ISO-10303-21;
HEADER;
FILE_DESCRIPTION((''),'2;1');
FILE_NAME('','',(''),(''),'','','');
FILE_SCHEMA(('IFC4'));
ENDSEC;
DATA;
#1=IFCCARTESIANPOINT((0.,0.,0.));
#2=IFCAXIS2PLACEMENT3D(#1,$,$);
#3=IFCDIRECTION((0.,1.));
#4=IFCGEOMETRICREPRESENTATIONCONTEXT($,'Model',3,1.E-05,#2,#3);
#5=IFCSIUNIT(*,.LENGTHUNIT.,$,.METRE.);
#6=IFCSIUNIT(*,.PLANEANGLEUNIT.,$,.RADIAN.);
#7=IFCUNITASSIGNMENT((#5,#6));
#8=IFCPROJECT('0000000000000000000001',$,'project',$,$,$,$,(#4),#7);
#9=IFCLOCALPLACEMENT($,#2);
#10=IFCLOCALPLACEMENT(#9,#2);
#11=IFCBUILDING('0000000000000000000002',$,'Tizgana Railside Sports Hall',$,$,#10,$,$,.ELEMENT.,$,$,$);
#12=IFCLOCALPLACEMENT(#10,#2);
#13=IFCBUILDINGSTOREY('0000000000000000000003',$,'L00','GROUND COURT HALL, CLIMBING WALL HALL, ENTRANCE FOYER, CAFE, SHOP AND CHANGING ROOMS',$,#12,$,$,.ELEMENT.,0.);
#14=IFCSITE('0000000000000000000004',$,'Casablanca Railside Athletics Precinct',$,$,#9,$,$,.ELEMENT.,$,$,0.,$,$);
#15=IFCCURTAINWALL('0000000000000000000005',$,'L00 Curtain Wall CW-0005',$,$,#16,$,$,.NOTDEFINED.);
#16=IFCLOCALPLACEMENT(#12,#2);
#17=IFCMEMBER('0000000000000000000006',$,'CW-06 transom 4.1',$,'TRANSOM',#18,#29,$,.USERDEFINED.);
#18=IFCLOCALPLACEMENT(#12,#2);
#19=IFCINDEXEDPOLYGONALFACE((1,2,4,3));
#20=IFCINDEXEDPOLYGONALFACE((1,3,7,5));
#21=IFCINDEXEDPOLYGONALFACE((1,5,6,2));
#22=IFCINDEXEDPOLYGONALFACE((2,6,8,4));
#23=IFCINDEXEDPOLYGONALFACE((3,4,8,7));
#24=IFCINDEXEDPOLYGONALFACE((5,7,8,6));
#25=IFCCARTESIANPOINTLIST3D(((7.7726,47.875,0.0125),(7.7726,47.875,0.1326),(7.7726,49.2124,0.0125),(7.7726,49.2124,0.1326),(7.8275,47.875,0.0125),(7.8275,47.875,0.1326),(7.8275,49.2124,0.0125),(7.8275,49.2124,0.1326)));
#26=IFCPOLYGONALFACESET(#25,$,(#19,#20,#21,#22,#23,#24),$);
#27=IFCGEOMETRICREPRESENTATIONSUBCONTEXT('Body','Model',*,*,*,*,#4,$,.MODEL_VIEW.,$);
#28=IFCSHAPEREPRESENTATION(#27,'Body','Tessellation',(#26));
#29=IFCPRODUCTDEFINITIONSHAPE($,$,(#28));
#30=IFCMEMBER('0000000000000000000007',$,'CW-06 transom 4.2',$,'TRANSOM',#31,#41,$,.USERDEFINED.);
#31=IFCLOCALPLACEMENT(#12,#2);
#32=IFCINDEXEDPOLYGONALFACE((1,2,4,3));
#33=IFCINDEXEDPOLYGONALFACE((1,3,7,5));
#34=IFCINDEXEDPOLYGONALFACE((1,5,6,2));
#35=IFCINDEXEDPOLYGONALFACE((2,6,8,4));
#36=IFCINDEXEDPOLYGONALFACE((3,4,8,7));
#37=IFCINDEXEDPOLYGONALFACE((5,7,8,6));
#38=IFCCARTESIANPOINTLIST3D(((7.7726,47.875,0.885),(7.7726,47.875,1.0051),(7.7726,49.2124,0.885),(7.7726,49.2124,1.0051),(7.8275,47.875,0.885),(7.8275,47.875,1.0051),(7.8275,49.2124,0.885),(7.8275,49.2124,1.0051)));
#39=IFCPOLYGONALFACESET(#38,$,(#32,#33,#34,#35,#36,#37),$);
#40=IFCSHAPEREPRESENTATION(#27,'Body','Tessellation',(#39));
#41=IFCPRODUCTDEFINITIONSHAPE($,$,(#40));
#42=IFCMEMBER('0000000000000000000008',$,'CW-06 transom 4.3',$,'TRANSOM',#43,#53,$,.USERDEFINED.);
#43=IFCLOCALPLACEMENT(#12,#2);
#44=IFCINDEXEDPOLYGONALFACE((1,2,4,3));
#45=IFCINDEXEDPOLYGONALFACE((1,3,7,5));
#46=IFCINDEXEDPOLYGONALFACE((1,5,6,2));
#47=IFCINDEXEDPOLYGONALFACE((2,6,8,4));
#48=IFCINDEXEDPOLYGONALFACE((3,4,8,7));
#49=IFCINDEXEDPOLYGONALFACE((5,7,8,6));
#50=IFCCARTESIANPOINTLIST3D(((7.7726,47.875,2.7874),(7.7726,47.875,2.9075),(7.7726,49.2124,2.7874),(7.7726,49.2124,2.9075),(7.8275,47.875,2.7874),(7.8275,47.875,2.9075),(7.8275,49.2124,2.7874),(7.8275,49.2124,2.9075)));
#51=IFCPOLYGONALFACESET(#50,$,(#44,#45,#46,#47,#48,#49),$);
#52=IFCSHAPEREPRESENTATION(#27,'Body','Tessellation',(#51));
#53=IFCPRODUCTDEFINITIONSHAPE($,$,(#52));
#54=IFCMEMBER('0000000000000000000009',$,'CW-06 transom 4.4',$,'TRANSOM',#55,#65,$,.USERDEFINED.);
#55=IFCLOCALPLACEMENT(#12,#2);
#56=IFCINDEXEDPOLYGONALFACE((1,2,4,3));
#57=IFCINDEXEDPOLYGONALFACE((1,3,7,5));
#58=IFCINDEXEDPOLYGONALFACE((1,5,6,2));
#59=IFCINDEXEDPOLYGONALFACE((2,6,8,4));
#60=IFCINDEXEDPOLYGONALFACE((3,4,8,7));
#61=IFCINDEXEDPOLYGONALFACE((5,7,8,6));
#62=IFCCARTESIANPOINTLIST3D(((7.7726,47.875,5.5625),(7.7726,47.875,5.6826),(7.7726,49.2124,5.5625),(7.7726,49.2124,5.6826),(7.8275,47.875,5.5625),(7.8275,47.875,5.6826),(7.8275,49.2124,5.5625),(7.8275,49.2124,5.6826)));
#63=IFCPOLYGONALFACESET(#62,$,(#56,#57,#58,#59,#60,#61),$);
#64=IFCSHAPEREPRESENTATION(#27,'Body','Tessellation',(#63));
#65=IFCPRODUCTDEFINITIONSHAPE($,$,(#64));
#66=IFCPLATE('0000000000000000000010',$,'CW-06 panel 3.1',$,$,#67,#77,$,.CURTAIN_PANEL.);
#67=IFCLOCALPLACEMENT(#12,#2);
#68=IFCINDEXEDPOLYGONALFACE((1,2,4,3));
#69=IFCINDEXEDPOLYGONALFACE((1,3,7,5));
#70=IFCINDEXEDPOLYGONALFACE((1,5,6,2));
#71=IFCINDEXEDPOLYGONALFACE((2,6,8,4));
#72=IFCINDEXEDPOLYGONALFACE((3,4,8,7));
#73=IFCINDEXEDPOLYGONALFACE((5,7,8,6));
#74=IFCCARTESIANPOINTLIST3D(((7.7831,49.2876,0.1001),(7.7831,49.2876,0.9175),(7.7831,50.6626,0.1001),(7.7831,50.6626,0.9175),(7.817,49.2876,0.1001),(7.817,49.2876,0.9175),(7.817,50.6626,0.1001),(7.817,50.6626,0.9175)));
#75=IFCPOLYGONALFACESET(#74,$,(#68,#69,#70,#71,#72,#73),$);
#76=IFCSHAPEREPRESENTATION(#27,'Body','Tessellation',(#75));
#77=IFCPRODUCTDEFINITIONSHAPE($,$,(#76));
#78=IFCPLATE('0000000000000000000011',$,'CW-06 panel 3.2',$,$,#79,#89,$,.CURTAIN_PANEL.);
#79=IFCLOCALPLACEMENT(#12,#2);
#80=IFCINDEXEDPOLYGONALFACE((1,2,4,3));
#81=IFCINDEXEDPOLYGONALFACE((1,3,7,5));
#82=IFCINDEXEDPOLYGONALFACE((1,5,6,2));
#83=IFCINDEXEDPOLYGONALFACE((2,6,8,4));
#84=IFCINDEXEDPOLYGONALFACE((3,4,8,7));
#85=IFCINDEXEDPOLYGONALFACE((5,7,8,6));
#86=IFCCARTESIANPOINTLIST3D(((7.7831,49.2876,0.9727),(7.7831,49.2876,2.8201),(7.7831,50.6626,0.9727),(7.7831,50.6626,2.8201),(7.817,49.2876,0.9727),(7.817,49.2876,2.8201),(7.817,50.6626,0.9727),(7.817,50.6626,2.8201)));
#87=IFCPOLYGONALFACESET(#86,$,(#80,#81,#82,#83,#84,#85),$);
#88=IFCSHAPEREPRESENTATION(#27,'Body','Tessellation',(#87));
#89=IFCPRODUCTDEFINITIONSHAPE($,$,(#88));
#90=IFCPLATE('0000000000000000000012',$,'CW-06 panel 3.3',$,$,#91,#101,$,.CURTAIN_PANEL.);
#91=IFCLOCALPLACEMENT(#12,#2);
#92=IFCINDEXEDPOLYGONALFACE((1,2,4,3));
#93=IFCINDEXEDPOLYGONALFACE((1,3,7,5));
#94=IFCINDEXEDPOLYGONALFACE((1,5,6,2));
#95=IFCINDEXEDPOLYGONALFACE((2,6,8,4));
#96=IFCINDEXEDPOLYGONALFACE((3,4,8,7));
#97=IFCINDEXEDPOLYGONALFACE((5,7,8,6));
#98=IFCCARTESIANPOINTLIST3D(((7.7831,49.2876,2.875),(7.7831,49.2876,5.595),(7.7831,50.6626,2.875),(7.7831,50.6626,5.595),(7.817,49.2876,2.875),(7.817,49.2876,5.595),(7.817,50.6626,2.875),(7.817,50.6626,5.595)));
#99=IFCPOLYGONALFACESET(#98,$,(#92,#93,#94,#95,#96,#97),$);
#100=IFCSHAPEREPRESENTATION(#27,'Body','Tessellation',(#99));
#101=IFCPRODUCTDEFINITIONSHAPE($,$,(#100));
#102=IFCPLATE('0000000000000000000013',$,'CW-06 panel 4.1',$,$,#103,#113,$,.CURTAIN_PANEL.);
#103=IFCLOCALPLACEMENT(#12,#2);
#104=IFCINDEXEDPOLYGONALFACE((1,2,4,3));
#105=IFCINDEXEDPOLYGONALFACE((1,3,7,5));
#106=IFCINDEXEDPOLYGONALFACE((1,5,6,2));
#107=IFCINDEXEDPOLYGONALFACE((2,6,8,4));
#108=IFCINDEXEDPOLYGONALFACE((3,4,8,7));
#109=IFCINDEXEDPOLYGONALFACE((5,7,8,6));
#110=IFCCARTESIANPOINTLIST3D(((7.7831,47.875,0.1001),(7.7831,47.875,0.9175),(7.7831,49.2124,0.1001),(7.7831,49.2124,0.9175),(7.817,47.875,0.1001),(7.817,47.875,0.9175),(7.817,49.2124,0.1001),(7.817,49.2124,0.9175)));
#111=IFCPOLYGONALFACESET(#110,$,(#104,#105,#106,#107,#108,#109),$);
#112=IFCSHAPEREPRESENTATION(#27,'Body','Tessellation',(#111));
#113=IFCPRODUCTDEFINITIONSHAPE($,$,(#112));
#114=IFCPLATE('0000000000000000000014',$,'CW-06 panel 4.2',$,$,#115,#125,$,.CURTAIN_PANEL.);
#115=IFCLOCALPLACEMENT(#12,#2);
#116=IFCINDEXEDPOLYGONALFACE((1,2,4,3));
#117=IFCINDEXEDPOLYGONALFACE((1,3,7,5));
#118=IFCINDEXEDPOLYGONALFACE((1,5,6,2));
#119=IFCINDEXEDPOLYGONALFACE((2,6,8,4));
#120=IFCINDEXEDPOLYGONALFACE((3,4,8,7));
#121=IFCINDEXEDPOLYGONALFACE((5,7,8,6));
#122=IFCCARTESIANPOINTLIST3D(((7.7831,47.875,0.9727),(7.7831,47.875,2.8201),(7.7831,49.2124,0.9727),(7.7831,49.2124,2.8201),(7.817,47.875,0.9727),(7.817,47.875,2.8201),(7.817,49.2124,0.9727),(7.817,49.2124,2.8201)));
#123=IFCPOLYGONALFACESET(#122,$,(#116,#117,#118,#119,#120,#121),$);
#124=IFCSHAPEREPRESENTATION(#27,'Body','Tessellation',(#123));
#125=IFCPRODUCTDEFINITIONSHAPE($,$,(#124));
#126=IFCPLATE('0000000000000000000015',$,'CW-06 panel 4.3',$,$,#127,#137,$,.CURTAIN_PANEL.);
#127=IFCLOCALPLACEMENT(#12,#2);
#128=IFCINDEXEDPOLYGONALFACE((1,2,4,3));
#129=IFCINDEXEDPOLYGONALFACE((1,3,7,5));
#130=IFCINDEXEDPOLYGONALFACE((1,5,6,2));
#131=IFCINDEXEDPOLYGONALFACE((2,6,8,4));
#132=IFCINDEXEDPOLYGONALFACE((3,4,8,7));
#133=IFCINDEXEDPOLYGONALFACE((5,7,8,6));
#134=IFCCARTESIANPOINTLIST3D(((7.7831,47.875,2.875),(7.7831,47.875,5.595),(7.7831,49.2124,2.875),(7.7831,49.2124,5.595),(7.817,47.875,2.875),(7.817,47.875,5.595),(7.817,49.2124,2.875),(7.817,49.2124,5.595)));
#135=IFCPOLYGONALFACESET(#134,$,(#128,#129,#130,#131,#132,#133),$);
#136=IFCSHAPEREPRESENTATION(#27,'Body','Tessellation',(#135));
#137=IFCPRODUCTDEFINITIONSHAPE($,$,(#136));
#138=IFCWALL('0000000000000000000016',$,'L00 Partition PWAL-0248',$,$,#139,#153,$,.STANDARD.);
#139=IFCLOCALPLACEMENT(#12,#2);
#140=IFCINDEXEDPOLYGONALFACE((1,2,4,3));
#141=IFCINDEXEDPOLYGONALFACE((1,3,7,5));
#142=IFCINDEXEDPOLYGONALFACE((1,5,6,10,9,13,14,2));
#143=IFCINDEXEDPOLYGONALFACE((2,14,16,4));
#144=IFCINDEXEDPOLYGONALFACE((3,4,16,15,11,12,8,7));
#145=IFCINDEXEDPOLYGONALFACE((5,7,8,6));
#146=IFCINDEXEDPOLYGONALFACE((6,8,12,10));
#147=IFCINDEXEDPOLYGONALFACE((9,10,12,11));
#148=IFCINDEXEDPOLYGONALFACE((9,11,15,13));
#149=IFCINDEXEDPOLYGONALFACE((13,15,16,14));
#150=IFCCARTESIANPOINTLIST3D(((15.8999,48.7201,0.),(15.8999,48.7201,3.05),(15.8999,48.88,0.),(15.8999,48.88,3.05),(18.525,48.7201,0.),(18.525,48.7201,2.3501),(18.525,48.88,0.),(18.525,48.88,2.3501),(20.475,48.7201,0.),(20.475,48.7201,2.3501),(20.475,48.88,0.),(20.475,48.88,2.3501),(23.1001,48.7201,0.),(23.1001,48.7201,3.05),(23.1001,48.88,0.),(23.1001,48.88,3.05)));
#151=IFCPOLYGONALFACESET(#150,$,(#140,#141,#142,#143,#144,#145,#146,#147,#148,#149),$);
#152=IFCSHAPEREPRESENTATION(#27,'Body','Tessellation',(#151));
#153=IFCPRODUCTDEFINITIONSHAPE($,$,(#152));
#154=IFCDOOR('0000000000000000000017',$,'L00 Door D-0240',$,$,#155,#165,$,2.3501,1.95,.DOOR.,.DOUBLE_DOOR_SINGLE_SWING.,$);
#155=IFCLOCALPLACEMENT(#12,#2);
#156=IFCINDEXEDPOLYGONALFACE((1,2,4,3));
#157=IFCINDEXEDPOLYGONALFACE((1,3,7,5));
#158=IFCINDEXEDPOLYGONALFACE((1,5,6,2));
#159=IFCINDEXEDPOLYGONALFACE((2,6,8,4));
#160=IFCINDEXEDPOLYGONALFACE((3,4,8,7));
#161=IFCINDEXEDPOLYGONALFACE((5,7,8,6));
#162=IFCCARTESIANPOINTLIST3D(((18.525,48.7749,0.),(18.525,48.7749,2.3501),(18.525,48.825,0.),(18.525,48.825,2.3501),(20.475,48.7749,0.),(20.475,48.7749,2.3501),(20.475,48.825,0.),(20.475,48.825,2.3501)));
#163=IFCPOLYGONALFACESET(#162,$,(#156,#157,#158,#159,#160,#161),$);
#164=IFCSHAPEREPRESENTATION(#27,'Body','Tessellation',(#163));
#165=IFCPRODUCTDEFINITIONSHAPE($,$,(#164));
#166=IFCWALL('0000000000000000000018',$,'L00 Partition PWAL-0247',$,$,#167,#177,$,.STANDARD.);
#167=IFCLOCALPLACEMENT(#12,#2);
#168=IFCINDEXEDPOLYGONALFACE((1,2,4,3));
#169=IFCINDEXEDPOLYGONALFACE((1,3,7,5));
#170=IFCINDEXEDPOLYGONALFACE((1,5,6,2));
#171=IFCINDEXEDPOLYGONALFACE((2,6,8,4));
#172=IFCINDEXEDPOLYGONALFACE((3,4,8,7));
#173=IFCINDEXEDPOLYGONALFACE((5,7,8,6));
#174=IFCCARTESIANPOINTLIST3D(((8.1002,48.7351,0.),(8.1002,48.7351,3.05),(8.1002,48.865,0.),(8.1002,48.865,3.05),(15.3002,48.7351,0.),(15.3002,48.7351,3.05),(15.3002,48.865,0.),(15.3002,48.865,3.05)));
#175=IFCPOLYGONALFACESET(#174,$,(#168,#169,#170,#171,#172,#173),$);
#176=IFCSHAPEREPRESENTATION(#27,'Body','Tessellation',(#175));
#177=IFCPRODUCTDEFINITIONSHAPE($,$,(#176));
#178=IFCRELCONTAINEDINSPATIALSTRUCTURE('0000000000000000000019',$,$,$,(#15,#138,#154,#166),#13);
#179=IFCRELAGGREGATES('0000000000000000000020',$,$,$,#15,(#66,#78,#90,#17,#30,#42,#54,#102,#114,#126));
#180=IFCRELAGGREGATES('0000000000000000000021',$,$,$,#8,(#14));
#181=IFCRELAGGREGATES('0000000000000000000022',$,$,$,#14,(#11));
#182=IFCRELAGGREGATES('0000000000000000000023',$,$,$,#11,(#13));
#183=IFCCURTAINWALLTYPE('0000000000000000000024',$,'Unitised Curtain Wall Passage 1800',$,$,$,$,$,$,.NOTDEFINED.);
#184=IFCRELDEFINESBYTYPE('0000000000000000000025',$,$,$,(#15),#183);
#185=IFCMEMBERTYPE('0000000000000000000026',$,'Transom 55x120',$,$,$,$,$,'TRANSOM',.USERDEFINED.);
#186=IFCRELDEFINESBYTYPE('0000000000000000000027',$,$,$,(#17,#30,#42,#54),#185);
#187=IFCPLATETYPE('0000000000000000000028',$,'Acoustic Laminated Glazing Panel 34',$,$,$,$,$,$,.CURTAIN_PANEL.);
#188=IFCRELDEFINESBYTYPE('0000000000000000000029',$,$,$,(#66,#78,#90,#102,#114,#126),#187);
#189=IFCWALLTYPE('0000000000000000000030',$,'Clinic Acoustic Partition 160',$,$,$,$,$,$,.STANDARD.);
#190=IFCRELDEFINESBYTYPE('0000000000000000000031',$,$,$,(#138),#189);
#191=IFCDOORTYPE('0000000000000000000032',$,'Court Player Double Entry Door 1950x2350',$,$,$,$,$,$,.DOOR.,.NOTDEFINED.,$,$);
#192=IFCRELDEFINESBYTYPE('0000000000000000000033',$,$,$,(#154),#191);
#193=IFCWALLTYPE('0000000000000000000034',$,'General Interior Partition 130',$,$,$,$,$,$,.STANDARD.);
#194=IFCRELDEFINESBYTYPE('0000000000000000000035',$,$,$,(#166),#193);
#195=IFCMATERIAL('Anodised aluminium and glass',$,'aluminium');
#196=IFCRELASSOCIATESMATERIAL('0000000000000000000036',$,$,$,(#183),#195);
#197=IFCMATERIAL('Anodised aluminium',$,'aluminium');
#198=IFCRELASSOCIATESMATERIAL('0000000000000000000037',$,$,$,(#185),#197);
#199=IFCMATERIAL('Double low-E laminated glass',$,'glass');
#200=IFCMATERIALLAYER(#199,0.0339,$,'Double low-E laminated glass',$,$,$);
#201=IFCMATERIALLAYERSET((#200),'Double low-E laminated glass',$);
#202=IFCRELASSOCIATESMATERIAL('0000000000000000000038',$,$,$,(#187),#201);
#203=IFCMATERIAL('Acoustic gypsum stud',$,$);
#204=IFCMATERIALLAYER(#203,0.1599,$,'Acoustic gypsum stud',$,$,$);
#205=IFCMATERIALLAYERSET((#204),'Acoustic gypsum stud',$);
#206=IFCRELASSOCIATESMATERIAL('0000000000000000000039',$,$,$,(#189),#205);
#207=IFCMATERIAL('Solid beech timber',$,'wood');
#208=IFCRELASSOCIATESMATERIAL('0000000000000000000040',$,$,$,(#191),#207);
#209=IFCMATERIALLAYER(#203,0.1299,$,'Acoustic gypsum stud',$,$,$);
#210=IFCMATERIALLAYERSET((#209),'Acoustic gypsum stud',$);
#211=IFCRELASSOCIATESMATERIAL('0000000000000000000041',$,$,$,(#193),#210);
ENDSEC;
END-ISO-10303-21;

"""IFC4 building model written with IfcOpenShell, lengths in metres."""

from ifc_helpers import new_model, si_unit, direction, frame, frame_2d, origin, origin_2d, place, context, subcontext, project, spatial, rectangle, extrude, material, layer, layer_set, material_profile, profile_set, type_object, element, fill, aggregate, save


model = new_model("IFC4")

# Units and contexts
model_context = context("Model", 3, precision=1e-05, world=origin(), true_north=direction((0.0, 1.0)))
body_context = subcontext(model_context, "Body", "Model", "MODEL_VIEW")
ifc_project = project(units=[si_unit("LENGTHUNIT", "METRE"), si_unit("PLANEANGLEUNIT", "RADIAN")], contexts=[model_context])

# Site, building, storey
site_placement = place(None, origin())
site = spatial("IfcSite", under=ifc_project, at=site_placement, Name="Casablanca Railside Athletics Precinct", CompositionType="ELEMENT", RefElevation=0.0)
building_placement = place(site_placement, origin())
building = spatial("IfcBuilding", under=site, at=building_placement, Name="Tizgana Railside Sports Hall", CompositionType="ELEMENT")
storey_placement = place(building_placement, origin())
storey = spatial("IfcBuildingStorey", under=building, at=storey_placement, Name="L00", Description="GROUND COURT HALL, CLIMBING WALL HALL, ENTRANCE FOYER, CAFE, SHOP AND CHANGING ROOMS", CompositionType="ELEMENT", Elevation=0.0)

# Shared definitions
ifc_material_1 = material(Name="Anodised aluminium and glass", Category="aluminium")
ifc_material_2 = material(Name="Anodised aluminium", Category="aluminium")

# Curtain wall
curtain_wall_type_1 = type_object("IfcCurtainWallType", Name="Unitised Curtain Wall Passage 1800", PredefinedType="NOTDEFINED", material=ifc_material_1)
curtain_wall_1_placement = place(storey_placement, origin())
curtain_wall_1 = element("IfcCurtainWall", 1, at=curtain_wall_1_placement, inside=storey, type_object=curtain_wall_type_1, Name="L00 Curtain Wall CW-0005", PredefinedType="NOTDEFINED")

# Members
ifc_material_profile_1 = material_profile(ifc_material_2, rectangle(XDim=0.0549, YDim=0.1201, at=origin_2d()), Name="Transom 55x120")
ifc_profile_set_1 = profile_set([ifc_material_profile_1], Name="Anodised aluminium")
member_type_1 = type_object("IfcMemberType", Name="Transom 55x120", ElementType="TRANSOM", PredefinedType="USERDEFINED", material=ifc_profile_set_1)
member_1_placement = place(storey_placement, frame((7.8, 49.2124, 0.0725), z_axis=(0.0, -1.0, 0.0), x_axis=(1.0, 0.0, 0.0)))
member_1 = element("IfcMember", 2, at=member_1_placement, type_object=member_type_1, Name="CW-06 transom 4.1", ObjectType="TRANSOM", PredefinedType="USERDEFINED", context=body_context, shape_type="SweptSolid", body=[
    extrude(rectangle(XDim=0.0549, YDim=0.1201, at=origin_2d()), origin(), (0.0, 0.0, 1.0), 1.3374),
])
member_2_placement = place(storey_placement, frame((7.8, 49.2124, 0.9451), z_axis=(0.0, -1.0, 0.0), x_axis=(1.0, 0.0, 0.0)))
member_2 = element("IfcMember", 3, at=member_2_placement, type_object=member_type_1, Name="CW-06 transom 4.2", ObjectType="TRANSOM", PredefinedType="USERDEFINED", context=body_context, shape_type="SweptSolid", body=[
    extrude(rectangle(XDim=0.0549, YDim=0.1201, at=origin_2d()), origin(), (0.0, 0.0, 1.0), 1.3374),
])
member_3_placement = place(storey_placement, frame((7.8, 49.2124, 2.8474), z_axis=(0.0, -1.0, 0.0), x_axis=(1.0, 0.0, 0.0)))
member_3 = element("IfcMember", 4, at=member_3_placement, type_object=member_type_1, Name="CW-06 transom 4.3", ObjectType="TRANSOM", PredefinedType="USERDEFINED", context=body_context, shape_type="SweptSolid", body=[
    extrude(rectangle(XDim=0.0549, YDim=0.1201, at=origin_2d()), origin(), (0.0, 0.0, 1.0), 1.3374),
])
member_4_placement = place(storey_placement, frame((7.8, 49.2124, 5.6226), z_axis=(0.0, -1.0, 0.0), x_axis=(1.0, 0.0, 0.0)))
member_4 = element("IfcMember", 5, at=member_4_placement, type_object=member_type_1, Name="CW-06 transom 4.4", ObjectType="TRANSOM", PredefinedType="USERDEFINED", context=body_context, shape_type="SweptSolid", body=[
    extrude(rectangle(XDim=0.0549, YDim=0.1201, at=origin_2d()), origin(), (0.0, 0.0, 1.0), 1.3374),
])

# Plates
ifc_material_3 = material(Name="Double low-E laminated glass", Category="glass")
ifc_layer_1 = layer(ifc_material_3, 0.0339, Name="Double low-E laminated glass")
ifc_layer_set_1 = layer_set([ifc_layer_1], Name="Double low-E laminated glass")
plate_type = type_object("IfcPlateType", Name="Acoustic Laminated Glazing Panel 34", PredefinedType="CURTAIN_PANEL", material=ifc_layer_set_1)
plate_1_placement = place(storey_placement, frame((7.8, 49.9751, 0.1001), z_axis=(0.0, 0.0, 1.0), x_axis=(0.0, -1.0, 0.0)))
plate_1 = element("IfcPlate", 6, at=plate_1_placement, type_object=plate_type, Name="CW-06 panel 3.1", PredefinedType="CURTAIN_PANEL", context=body_context, shape_type="SweptSolid", body=[
    extrude(rectangle(XDim=1.375, YDim=0.0339, at=origin_2d()), origin(), (0.0, 0.0, 1.0), 0.8174),
])
plate_2_placement = place(storey_placement, frame((7.8, 49.9751, 0.9727), z_axis=(0.0, 0.0, 1.0), x_axis=(0.0, -1.0, 0.0)))
plate_2 = element("IfcPlate", 7, at=plate_2_placement, type_object=plate_type, Name="CW-06 panel 3.2", PredefinedType="CURTAIN_PANEL", context=body_context, shape_type="SweptSolid", body=[
    extrude(rectangle(XDim=1.375, YDim=0.0339, at=origin_2d()), origin(), (0.0, 0.0, 1.0), 1.8474),
])
plate_3_placement = place(storey_placement, frame((7.8, 49.9751, 2.875), z_axis=(0.0, 0.0, 1.0), x_axis=(0.0, -1.0, 0.0)))
plate_3 = element("IfcPlate", 8, at=plate_3_placement, type_object=plate_type, Name="CW-06 panel 3.3", PredefinedType="CURTAIN_PANEL", context=body_context, shape_type="SweptSolid", body=[
    extrude(rectangle(XDim=1.375, YDim=0.0339, at=origin_2d()), origin(), (0.0, 0.0, 1.0), 2.72),
])
plate_4_placement = place(storey_placement, frame((7.8, 48.5437, 0.1001), z_axis=(0.0, 0.0, 1.0), x_axis=(0.0, -1.0, 0.0)))
plate_4 = element("IfcPlate", 9, at=plate_4_placement, type_object=plate_type, Name="CW-06 panel 4.1", PredefinedType="CURTAIN_PANEL", context=body_context, shape_type="SweptSolid", body=[
    extrude(rectangle(XDim=1.3374, YDim=0.0339, at=origin_2d()), origin(), (0.0, 0.0, 1.0), 0.8174),
])
plate_5_placement = place(storey_placement, frame((7.8, 48.5437, 0.9727), z_axis=(0.0, 0.0, 1.0), x_axis=(0.0, -1.0, 0.0)))
plate_5 = element("IfcPlate", 10, at=plate_5_placement, type_object=plate_type, Name="CW-06 panel 4.2", PredefinedType="CURTAIN_PANEL", context=body_context, shape_type="SweptSolid", body=[
    extrude(rectangle(XDim=1.3374, YDim=0.0339, at=origin_2d()), origin(), (0.0, 0.0, 1.0), 1.8474),
])
plate_6_placement = place(storey_placement, frame((7.8, 48.5437, 2.875), z_axis=(0.0, 0.0, 1.0), x_axis=(0.0, -1.0, 0.0)))
plate_6 = element("IfcPlate", 11, at=plate_6_placement, type_object=plate_type, Name="CW-06 panel 4.3", PredefinedType="CURTAIN_PANEL", context=body_context, shape_type="SweptSolid", body=[
    extrude(rectangle(XDim=1.3374, YDim=0.0339, at=origin_2d()), origin(), (0.0, 0.0, 1.0), 2.72),
])
aggregate(curtain_wall_1, [plate_1, plate_2, plate_3, member_1, member_2, member_3, member_4, plate_4, plate_5, plate_6])

# Wall, opening, door
ifc_material_4 = material(Name="Acoustic gypsum stud")
ifc_layer_2 = layer(ifc_material_4, 0.1599, Name="Acoustic gypsum stud")
ifc_layer_set_2 = layer_set([ifc_layer_2], Name="Acoustic gypsum stud")
wall_type_1 = type_object("IfcWallType", Name="Clinic Acoustic Partition 160", PredefinedType="STANDARD", material=ifc_layer_set_2)
wall_1_placement = place(storey_placement, frame((15.8999, 48.8, 0.0), z_axis=(0.0, 0.0, 1.0), x_axis=(1.0, 0.0, 0.0)))
wall_1 = element("IfcWall", 12, at=wall_1_placement, inside=storey, type_object=wall_type_1, Name="L00 Partition PWAL-0248", PredefinedType="STANDARD", context=body_context, shape_type="SweptSolid", body=[
    extrude(rectangle(XDim=7.2002, YDim=0.1599, at=frame_2d((3.6001, 0.0))), origin(), (0.0, 0.0, 1.0), 3.05),
])
opening_placement = place(wall_1_placement, frame((2.625, 0.0, 0.0)))
opening = element("IfcOpeningElement", 13, at=opening_placement, cuts=wall_1, PredefinedType="OPENING", context=body_context, shape_type="SweptSolid", body=[
    extrude(rectangle(XDim=1.95, YDim=2.3501, at=frame_2d((0.9751, 1.175))), frame((0.0, 0.0898, 0.0), z_axis=(0.0, -1.0, 0.0), x_axis=(1.0, 0.0, 0.0)), (0.0, 0.0, 1.0), 0.1799),
])
ifc_material_5 = material(Name="Solid beech timber", Category="wood")
door_type = type_object("IfcDoorType", Name="Court Player Double Entry Door 1950x2350", OperationType="NOTDEFINED", PredefinedType="DOOR", material=ifc_material_5)
door_placement = place(opening_placement, origin())
door = element("IfcDoor", 14, at=door_placement, inside=storey, type_object=door_type, Name="L00 Door D-0240", OperationType="DOUBLE_DOOR_SINGLE_SWING", OverallHeight=2.3501, OverallWidth=1.95, PredefinedType="DOOR", context=body_context, shape_type="SweptSolid", body=[
    extrude(rectangle(XDim=1.95, YDim=2.3501, at=frame_2d((0.9751, 1.175))), frame((0.0, 0.0249, 0.0), z_axis=(0.0, -1.0, 0.0), x_axis=(1.0, 0.0, 0.0)), (0.0, 0.0, 1.0), 0.05),
])
fill(opening, door)

# Wall
ifc_layer_3 = layer(ifc_material_4, 0.1299, Name="Acoustic gypsum stud")
ifc_layer_set_3 = layer_set([ifc_layer_3], Name="Acoustic gypsum stud")
wall_type_2 = type_object("IfcWallType", Name="General Interior Partition 130", PredefinedType="STANDARD", material=ifc_layer_set_3)
wall_2_placement = place(storey_placement, frame((8.1001, 48.8, 0.0), z_axis=(0.0, 0.0, 1.0), x_axis=(1.0, 0.0, 0.0)))
element("IfcWall", 15, at=wall_2_placement, inside=storey, type_object=wall_type_2, Name="L00 Partition PWAL-0247", PredefinedType="STANDARD", context=body_context, shape_type="SweptSolid", body=[
    extrude(rectangle(XDim=7.2, YDim=0.1299, at=frame_2d((3.6001, 0.0))), origin(), (0.0, 0.0, 1.0), 3.05),
])

save(model, "model.ifc")
